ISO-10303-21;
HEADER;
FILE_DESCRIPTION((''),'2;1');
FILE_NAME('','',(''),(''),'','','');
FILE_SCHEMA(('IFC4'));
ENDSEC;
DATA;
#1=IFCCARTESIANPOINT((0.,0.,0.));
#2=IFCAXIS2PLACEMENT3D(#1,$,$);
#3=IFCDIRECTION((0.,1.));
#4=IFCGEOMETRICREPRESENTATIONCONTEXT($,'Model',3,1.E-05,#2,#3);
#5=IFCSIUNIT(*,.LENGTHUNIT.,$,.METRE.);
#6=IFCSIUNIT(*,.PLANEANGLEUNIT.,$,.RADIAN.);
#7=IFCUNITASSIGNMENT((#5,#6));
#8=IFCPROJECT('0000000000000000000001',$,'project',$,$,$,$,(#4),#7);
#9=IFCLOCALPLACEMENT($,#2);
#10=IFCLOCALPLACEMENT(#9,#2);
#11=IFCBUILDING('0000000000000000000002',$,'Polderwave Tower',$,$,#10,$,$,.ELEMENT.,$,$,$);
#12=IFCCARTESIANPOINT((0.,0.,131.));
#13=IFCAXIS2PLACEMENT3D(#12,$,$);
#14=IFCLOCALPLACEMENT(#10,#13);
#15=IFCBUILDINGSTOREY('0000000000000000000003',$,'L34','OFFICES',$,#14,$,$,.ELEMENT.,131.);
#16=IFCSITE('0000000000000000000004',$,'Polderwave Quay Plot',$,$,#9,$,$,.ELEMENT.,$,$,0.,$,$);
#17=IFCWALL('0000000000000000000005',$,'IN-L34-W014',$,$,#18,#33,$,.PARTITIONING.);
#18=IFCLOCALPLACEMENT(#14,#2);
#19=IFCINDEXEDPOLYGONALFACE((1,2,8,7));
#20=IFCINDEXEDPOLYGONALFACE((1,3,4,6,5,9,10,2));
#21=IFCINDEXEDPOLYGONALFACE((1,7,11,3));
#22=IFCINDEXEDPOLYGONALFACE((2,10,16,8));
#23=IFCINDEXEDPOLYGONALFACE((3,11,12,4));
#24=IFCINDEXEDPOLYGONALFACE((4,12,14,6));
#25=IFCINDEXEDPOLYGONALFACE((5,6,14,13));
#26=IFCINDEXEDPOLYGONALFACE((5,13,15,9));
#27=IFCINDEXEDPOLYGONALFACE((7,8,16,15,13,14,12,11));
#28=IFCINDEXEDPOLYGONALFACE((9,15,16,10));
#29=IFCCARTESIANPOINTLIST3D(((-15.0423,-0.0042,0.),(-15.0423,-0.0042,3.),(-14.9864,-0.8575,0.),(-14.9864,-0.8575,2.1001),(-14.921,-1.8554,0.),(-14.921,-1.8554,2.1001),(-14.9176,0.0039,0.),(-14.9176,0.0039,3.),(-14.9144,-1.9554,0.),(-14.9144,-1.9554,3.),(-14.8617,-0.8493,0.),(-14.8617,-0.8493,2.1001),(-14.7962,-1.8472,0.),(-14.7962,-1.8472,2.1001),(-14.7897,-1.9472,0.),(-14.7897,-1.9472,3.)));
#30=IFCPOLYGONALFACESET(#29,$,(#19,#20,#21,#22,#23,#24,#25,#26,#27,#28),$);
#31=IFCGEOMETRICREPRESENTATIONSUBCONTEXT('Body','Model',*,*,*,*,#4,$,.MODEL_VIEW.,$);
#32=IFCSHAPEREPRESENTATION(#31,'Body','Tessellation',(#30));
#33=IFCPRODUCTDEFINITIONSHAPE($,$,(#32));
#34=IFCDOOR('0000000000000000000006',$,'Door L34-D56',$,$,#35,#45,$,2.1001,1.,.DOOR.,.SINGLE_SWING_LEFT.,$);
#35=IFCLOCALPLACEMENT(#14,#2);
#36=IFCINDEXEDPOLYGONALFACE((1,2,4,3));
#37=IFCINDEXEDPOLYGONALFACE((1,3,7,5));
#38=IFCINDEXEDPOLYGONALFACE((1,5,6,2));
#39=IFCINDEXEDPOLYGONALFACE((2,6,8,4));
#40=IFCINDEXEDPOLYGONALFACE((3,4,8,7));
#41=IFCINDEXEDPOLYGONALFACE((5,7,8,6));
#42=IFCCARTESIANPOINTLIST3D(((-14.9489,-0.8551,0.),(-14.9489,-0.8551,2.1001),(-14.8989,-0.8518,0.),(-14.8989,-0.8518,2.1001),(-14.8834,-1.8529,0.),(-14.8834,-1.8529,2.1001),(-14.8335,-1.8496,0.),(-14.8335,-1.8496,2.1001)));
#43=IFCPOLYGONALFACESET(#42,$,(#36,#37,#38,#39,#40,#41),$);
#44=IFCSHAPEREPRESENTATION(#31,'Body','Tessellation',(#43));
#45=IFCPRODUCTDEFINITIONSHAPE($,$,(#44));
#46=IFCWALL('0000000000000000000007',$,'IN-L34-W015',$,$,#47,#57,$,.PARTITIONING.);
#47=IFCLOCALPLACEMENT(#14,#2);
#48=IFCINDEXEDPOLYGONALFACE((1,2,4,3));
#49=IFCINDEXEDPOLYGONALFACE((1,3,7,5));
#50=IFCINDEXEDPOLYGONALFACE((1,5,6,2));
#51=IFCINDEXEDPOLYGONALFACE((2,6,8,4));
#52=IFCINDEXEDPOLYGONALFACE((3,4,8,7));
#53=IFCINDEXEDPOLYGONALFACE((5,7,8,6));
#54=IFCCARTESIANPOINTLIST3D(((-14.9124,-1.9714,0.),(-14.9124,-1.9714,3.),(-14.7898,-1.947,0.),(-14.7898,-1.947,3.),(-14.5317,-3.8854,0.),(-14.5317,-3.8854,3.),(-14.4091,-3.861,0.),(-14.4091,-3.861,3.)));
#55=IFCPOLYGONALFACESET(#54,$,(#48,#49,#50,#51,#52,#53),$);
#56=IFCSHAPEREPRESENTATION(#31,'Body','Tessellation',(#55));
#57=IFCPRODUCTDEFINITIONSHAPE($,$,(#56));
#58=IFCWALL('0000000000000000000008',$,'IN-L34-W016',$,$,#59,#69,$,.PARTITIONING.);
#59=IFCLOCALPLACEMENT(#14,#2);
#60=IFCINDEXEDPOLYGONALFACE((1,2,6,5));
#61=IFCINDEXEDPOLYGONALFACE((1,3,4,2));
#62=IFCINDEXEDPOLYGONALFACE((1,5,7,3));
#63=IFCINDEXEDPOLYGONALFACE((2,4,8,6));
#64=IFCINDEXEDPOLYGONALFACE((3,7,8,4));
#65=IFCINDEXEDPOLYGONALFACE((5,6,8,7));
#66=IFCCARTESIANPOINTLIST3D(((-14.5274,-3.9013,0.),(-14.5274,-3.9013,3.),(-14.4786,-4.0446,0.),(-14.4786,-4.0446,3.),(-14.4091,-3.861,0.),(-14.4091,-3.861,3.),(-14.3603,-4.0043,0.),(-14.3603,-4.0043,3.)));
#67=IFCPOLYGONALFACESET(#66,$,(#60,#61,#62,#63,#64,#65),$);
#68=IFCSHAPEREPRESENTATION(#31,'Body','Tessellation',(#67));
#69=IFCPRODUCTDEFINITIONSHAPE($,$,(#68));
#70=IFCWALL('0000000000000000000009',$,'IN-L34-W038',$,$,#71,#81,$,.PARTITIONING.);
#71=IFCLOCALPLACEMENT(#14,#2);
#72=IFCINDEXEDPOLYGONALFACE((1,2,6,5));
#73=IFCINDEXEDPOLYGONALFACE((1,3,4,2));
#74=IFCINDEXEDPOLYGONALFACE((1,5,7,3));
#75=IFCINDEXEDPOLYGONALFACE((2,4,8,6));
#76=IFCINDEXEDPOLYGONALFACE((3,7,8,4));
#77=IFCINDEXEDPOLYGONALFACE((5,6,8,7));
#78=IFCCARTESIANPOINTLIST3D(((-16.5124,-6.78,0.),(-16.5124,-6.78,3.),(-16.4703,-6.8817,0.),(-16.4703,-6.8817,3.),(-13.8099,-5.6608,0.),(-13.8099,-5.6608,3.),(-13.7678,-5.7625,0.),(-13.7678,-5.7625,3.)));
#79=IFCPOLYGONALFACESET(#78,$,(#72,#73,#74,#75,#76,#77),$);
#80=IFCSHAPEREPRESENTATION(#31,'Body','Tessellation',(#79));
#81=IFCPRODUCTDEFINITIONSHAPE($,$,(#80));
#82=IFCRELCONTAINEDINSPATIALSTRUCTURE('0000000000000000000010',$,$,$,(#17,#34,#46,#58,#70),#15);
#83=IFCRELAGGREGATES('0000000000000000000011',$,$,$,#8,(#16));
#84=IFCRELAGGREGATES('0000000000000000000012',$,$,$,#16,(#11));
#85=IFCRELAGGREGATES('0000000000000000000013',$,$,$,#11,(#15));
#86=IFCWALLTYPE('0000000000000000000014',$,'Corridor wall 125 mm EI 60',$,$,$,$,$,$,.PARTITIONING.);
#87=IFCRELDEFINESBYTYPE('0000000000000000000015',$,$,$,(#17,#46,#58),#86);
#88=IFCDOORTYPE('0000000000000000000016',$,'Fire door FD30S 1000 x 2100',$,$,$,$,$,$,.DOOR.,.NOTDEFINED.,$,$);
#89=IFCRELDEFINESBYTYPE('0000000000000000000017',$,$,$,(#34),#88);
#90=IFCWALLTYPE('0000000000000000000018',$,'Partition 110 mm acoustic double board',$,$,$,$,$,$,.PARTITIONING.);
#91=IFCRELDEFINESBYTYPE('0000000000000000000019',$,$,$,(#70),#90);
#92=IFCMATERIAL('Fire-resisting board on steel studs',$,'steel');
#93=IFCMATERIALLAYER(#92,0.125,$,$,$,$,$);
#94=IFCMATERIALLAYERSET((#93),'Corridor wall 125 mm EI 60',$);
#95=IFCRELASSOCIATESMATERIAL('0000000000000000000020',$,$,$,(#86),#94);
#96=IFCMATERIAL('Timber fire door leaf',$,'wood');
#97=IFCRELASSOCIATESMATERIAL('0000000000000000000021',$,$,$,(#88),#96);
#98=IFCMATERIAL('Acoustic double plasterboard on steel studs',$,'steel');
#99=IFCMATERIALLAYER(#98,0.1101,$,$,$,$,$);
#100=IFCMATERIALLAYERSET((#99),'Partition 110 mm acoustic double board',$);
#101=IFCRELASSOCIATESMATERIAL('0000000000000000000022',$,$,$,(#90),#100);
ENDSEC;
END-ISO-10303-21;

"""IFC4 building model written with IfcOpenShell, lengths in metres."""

from ifc_helpers import new_model, si_unit, direction, frame, frame_2d, origin, place, context, subcontext, project, spatial, rectangle, extrude, material, layer, layer_set, type_object, element, fill, save


model = new_model("IFC4")

# Units and contexts
model_context = context("Model", 3, precision=1e-05, world=origin(), true_north=direction((0.0, 1.0)))
body_context = subcontext(model_context, "Body", "Model", "MODEL_VIEW")
ifc_project = project(units=[si_unit("LENGTHUNIT", "METRE"), si_unit("PLANEANGLEUNIT", "RADIAN")], contexts=[model_context])

# Site, building, storey
site_placement = place(None, origin())
site = spatial("IfcSite", under=ifc_project, at=site_placement, Name="Polderwave Quay Plot", CompositionType="ELEMENT", RefElevation=0.0)
building_placement = place(site_placement, origin())
building = spatial("IfcBuilding", under=site, at=building_placement, Name="Polderwave Tower", CompositionType="ELEMENT")
storey_placement = place(building_placement, frame((0.0, 0.0, 131.0)))
storey = spatial("IfcBuildingStorey", under=building, at=storey_placement, Name="L34", Description="OFFICES", CompositionType="ELEMENT", Elevation=131.0)

# Wall, opening, door
ifc_material_1 = material(Name="Fire-resisting board on steel studs", Category="steel")
ifc_layer_1 = layer(ifc_material_1, 0.125)
ifc_layer_set_1 = layer_set([ifc_layer_1], Name="Corridor wall 125 mm EI 60")
wall_type_1 = type_object("IfcWallType", Name="Corridor wall 125 mm EI 60", PredefinedType="PARTITIONING", material=ifc_layer_set_1)
wall_1_placement = place(storey_placement, frame((-14.8521, -1.9512, 0.0), z_axis=(0.0, 0.0, 1.0), x_axis=(-0.065425, 0.997857, 0.0)))
wall_1 = element("IfcWall", 1, at=wall_1_placement, inside=storey, type_object=wall_type_1, Name="IN-L34-W014", PredefinedType="PARTITIONING", context=body_context, shape_type="SweptSolid", body=[
    extrude(rectangle(XDim=1.9553, YDim=0.125, at=frame_2d((0.9775, 0.0))), origin(), (0.0, 0.0, 1.0), 3.0),
])
opening_placement = place(wall_1_placement, frame((0.1001, 0.0, 0.0)))
opening = element("IfcOpeningElement", 2, at=opening_placement, cuts=wall_1, PredefinedType="OPENING", context=body_context, shape_type="SweptSolid", body=[
    extrude(rectangle(XDim=1.0, YDim=2.1001, at=frame_2d((0.5, 1.05))), frame((0.0, 0.0725, 0.0), z_axis=(0.0, -1.0, 0.0), x_axis=(1.0, 0.0, 0.0)), (0.0, 0.0, 1.0), 0.145),
])
ifc_material_2 = material(Name="Timber fire door leaf", Category="wood")
door_type = type_object("IfcDoorType", Name="Fire door FD30S 1000 x 2100", OperationType="NOTDEFINED", PredefinedType="DOOR", material=ifc_material_2)
door_placement = place(opening_placement, origin())
door = element("IfcDoor", 3, at=door_placement, inside=storey, type_object=door_type, Name="Door L34-D56", OperationType="SINGLE_SWING_LEFT", OverallHeight=2.1001, OverallWidth=1.0, PredefinedType="DOOR", context=body_context, shape_type="SweptSolid", body=[
    extrude(rectangle(XDim=1.0, YDim=2.1001, at=frame_2d((0.5, 1.05))), frame((0.0, 0.0249, 0.0), z_axis=(0.0, -1.0, 0.0), x_axis=(1.0, 0.0, 0.0)), (0.0, 0.0, 1.0), 0.05),
])
fill(opening, door)

# Walls
wall_2_placement = place(storey_placement, frame((-14.4705, -3.873, 0.0), z_axis=(0.0, 0.0, 1.0), x_axis=(-0.195057, 0.980792, 0.0)))
element("IfcWall", 4, at=wall_2_placement, inside=storey, type_object=wall_type_1, Name="IN-L34-W015", PredefinedType="PARTITIONING", context=body_context, shape_type="SweptSolid", body=[
    extrude(rectangle(XDim=1.9514, YDim=0.125, at=frame_2d((0.9756, 0.0))), origin(), (0.0, 0.0, 1.0), 3.0),
])
wall_3_placement = place(storey_placement, frame((-14.4194, -4.0244, 0.0), z_axis=(0.0, 0.0, 1.0), x_axis=(-0.32251, 0.946566, 0.0)))
element("IfcWall", 5, at=wall_3_placement, inside=storey, type_object=wall_type_1, Name="IN-L34-W016", PredefinedType="PARTITIONING", context=body_context, shape_type="SweptSolid", body=[
    extrude(rectangle(XDim=0.1514, YDim=0.125, at=frame_2d((0.0757, 0.0))), origin(), (0.0, 0.0, 1.0), 3.0),
])
ifc_material_3 = material(Name="Acoustic double plasterboard on steel studs", Category="steel")
ifc_layer_2 = layer(ifc_material_3, 0.1101)
ifc_layer_set_2 = layer_set([ifc_layer_2], Name="Partition 110 mm acoustic double board")
wall_type_2 = type_object("IfcWallType", Name="Partition 110 mm acoustic double board", PredefinedType="PARTITIONING", material=ifc_layer_set_2)
wall_4_placement = place(storey_placement, frame((-16.4912, -6.8308, 0.0), z_axis=(0.0, 0.0, 1.0), x_axis=(0.923907, 0.382617, 0.0)))
element("IfcWall", 6, at=wall_4_placement, inside=storey, type_object=wall_type_2, Name="IN-L34-W038", PredefinedType="PARTITIONING", context=body_context, shape_type="SweptSolid", body=[
    extrude(rectangle(XDim=2.925, YDim=0.1101, at=frame_2d((1.4624, 0.0))), origin(), (0.0, 0.0, 1.0), 3.0),
])

save(model, "model.ifc")
